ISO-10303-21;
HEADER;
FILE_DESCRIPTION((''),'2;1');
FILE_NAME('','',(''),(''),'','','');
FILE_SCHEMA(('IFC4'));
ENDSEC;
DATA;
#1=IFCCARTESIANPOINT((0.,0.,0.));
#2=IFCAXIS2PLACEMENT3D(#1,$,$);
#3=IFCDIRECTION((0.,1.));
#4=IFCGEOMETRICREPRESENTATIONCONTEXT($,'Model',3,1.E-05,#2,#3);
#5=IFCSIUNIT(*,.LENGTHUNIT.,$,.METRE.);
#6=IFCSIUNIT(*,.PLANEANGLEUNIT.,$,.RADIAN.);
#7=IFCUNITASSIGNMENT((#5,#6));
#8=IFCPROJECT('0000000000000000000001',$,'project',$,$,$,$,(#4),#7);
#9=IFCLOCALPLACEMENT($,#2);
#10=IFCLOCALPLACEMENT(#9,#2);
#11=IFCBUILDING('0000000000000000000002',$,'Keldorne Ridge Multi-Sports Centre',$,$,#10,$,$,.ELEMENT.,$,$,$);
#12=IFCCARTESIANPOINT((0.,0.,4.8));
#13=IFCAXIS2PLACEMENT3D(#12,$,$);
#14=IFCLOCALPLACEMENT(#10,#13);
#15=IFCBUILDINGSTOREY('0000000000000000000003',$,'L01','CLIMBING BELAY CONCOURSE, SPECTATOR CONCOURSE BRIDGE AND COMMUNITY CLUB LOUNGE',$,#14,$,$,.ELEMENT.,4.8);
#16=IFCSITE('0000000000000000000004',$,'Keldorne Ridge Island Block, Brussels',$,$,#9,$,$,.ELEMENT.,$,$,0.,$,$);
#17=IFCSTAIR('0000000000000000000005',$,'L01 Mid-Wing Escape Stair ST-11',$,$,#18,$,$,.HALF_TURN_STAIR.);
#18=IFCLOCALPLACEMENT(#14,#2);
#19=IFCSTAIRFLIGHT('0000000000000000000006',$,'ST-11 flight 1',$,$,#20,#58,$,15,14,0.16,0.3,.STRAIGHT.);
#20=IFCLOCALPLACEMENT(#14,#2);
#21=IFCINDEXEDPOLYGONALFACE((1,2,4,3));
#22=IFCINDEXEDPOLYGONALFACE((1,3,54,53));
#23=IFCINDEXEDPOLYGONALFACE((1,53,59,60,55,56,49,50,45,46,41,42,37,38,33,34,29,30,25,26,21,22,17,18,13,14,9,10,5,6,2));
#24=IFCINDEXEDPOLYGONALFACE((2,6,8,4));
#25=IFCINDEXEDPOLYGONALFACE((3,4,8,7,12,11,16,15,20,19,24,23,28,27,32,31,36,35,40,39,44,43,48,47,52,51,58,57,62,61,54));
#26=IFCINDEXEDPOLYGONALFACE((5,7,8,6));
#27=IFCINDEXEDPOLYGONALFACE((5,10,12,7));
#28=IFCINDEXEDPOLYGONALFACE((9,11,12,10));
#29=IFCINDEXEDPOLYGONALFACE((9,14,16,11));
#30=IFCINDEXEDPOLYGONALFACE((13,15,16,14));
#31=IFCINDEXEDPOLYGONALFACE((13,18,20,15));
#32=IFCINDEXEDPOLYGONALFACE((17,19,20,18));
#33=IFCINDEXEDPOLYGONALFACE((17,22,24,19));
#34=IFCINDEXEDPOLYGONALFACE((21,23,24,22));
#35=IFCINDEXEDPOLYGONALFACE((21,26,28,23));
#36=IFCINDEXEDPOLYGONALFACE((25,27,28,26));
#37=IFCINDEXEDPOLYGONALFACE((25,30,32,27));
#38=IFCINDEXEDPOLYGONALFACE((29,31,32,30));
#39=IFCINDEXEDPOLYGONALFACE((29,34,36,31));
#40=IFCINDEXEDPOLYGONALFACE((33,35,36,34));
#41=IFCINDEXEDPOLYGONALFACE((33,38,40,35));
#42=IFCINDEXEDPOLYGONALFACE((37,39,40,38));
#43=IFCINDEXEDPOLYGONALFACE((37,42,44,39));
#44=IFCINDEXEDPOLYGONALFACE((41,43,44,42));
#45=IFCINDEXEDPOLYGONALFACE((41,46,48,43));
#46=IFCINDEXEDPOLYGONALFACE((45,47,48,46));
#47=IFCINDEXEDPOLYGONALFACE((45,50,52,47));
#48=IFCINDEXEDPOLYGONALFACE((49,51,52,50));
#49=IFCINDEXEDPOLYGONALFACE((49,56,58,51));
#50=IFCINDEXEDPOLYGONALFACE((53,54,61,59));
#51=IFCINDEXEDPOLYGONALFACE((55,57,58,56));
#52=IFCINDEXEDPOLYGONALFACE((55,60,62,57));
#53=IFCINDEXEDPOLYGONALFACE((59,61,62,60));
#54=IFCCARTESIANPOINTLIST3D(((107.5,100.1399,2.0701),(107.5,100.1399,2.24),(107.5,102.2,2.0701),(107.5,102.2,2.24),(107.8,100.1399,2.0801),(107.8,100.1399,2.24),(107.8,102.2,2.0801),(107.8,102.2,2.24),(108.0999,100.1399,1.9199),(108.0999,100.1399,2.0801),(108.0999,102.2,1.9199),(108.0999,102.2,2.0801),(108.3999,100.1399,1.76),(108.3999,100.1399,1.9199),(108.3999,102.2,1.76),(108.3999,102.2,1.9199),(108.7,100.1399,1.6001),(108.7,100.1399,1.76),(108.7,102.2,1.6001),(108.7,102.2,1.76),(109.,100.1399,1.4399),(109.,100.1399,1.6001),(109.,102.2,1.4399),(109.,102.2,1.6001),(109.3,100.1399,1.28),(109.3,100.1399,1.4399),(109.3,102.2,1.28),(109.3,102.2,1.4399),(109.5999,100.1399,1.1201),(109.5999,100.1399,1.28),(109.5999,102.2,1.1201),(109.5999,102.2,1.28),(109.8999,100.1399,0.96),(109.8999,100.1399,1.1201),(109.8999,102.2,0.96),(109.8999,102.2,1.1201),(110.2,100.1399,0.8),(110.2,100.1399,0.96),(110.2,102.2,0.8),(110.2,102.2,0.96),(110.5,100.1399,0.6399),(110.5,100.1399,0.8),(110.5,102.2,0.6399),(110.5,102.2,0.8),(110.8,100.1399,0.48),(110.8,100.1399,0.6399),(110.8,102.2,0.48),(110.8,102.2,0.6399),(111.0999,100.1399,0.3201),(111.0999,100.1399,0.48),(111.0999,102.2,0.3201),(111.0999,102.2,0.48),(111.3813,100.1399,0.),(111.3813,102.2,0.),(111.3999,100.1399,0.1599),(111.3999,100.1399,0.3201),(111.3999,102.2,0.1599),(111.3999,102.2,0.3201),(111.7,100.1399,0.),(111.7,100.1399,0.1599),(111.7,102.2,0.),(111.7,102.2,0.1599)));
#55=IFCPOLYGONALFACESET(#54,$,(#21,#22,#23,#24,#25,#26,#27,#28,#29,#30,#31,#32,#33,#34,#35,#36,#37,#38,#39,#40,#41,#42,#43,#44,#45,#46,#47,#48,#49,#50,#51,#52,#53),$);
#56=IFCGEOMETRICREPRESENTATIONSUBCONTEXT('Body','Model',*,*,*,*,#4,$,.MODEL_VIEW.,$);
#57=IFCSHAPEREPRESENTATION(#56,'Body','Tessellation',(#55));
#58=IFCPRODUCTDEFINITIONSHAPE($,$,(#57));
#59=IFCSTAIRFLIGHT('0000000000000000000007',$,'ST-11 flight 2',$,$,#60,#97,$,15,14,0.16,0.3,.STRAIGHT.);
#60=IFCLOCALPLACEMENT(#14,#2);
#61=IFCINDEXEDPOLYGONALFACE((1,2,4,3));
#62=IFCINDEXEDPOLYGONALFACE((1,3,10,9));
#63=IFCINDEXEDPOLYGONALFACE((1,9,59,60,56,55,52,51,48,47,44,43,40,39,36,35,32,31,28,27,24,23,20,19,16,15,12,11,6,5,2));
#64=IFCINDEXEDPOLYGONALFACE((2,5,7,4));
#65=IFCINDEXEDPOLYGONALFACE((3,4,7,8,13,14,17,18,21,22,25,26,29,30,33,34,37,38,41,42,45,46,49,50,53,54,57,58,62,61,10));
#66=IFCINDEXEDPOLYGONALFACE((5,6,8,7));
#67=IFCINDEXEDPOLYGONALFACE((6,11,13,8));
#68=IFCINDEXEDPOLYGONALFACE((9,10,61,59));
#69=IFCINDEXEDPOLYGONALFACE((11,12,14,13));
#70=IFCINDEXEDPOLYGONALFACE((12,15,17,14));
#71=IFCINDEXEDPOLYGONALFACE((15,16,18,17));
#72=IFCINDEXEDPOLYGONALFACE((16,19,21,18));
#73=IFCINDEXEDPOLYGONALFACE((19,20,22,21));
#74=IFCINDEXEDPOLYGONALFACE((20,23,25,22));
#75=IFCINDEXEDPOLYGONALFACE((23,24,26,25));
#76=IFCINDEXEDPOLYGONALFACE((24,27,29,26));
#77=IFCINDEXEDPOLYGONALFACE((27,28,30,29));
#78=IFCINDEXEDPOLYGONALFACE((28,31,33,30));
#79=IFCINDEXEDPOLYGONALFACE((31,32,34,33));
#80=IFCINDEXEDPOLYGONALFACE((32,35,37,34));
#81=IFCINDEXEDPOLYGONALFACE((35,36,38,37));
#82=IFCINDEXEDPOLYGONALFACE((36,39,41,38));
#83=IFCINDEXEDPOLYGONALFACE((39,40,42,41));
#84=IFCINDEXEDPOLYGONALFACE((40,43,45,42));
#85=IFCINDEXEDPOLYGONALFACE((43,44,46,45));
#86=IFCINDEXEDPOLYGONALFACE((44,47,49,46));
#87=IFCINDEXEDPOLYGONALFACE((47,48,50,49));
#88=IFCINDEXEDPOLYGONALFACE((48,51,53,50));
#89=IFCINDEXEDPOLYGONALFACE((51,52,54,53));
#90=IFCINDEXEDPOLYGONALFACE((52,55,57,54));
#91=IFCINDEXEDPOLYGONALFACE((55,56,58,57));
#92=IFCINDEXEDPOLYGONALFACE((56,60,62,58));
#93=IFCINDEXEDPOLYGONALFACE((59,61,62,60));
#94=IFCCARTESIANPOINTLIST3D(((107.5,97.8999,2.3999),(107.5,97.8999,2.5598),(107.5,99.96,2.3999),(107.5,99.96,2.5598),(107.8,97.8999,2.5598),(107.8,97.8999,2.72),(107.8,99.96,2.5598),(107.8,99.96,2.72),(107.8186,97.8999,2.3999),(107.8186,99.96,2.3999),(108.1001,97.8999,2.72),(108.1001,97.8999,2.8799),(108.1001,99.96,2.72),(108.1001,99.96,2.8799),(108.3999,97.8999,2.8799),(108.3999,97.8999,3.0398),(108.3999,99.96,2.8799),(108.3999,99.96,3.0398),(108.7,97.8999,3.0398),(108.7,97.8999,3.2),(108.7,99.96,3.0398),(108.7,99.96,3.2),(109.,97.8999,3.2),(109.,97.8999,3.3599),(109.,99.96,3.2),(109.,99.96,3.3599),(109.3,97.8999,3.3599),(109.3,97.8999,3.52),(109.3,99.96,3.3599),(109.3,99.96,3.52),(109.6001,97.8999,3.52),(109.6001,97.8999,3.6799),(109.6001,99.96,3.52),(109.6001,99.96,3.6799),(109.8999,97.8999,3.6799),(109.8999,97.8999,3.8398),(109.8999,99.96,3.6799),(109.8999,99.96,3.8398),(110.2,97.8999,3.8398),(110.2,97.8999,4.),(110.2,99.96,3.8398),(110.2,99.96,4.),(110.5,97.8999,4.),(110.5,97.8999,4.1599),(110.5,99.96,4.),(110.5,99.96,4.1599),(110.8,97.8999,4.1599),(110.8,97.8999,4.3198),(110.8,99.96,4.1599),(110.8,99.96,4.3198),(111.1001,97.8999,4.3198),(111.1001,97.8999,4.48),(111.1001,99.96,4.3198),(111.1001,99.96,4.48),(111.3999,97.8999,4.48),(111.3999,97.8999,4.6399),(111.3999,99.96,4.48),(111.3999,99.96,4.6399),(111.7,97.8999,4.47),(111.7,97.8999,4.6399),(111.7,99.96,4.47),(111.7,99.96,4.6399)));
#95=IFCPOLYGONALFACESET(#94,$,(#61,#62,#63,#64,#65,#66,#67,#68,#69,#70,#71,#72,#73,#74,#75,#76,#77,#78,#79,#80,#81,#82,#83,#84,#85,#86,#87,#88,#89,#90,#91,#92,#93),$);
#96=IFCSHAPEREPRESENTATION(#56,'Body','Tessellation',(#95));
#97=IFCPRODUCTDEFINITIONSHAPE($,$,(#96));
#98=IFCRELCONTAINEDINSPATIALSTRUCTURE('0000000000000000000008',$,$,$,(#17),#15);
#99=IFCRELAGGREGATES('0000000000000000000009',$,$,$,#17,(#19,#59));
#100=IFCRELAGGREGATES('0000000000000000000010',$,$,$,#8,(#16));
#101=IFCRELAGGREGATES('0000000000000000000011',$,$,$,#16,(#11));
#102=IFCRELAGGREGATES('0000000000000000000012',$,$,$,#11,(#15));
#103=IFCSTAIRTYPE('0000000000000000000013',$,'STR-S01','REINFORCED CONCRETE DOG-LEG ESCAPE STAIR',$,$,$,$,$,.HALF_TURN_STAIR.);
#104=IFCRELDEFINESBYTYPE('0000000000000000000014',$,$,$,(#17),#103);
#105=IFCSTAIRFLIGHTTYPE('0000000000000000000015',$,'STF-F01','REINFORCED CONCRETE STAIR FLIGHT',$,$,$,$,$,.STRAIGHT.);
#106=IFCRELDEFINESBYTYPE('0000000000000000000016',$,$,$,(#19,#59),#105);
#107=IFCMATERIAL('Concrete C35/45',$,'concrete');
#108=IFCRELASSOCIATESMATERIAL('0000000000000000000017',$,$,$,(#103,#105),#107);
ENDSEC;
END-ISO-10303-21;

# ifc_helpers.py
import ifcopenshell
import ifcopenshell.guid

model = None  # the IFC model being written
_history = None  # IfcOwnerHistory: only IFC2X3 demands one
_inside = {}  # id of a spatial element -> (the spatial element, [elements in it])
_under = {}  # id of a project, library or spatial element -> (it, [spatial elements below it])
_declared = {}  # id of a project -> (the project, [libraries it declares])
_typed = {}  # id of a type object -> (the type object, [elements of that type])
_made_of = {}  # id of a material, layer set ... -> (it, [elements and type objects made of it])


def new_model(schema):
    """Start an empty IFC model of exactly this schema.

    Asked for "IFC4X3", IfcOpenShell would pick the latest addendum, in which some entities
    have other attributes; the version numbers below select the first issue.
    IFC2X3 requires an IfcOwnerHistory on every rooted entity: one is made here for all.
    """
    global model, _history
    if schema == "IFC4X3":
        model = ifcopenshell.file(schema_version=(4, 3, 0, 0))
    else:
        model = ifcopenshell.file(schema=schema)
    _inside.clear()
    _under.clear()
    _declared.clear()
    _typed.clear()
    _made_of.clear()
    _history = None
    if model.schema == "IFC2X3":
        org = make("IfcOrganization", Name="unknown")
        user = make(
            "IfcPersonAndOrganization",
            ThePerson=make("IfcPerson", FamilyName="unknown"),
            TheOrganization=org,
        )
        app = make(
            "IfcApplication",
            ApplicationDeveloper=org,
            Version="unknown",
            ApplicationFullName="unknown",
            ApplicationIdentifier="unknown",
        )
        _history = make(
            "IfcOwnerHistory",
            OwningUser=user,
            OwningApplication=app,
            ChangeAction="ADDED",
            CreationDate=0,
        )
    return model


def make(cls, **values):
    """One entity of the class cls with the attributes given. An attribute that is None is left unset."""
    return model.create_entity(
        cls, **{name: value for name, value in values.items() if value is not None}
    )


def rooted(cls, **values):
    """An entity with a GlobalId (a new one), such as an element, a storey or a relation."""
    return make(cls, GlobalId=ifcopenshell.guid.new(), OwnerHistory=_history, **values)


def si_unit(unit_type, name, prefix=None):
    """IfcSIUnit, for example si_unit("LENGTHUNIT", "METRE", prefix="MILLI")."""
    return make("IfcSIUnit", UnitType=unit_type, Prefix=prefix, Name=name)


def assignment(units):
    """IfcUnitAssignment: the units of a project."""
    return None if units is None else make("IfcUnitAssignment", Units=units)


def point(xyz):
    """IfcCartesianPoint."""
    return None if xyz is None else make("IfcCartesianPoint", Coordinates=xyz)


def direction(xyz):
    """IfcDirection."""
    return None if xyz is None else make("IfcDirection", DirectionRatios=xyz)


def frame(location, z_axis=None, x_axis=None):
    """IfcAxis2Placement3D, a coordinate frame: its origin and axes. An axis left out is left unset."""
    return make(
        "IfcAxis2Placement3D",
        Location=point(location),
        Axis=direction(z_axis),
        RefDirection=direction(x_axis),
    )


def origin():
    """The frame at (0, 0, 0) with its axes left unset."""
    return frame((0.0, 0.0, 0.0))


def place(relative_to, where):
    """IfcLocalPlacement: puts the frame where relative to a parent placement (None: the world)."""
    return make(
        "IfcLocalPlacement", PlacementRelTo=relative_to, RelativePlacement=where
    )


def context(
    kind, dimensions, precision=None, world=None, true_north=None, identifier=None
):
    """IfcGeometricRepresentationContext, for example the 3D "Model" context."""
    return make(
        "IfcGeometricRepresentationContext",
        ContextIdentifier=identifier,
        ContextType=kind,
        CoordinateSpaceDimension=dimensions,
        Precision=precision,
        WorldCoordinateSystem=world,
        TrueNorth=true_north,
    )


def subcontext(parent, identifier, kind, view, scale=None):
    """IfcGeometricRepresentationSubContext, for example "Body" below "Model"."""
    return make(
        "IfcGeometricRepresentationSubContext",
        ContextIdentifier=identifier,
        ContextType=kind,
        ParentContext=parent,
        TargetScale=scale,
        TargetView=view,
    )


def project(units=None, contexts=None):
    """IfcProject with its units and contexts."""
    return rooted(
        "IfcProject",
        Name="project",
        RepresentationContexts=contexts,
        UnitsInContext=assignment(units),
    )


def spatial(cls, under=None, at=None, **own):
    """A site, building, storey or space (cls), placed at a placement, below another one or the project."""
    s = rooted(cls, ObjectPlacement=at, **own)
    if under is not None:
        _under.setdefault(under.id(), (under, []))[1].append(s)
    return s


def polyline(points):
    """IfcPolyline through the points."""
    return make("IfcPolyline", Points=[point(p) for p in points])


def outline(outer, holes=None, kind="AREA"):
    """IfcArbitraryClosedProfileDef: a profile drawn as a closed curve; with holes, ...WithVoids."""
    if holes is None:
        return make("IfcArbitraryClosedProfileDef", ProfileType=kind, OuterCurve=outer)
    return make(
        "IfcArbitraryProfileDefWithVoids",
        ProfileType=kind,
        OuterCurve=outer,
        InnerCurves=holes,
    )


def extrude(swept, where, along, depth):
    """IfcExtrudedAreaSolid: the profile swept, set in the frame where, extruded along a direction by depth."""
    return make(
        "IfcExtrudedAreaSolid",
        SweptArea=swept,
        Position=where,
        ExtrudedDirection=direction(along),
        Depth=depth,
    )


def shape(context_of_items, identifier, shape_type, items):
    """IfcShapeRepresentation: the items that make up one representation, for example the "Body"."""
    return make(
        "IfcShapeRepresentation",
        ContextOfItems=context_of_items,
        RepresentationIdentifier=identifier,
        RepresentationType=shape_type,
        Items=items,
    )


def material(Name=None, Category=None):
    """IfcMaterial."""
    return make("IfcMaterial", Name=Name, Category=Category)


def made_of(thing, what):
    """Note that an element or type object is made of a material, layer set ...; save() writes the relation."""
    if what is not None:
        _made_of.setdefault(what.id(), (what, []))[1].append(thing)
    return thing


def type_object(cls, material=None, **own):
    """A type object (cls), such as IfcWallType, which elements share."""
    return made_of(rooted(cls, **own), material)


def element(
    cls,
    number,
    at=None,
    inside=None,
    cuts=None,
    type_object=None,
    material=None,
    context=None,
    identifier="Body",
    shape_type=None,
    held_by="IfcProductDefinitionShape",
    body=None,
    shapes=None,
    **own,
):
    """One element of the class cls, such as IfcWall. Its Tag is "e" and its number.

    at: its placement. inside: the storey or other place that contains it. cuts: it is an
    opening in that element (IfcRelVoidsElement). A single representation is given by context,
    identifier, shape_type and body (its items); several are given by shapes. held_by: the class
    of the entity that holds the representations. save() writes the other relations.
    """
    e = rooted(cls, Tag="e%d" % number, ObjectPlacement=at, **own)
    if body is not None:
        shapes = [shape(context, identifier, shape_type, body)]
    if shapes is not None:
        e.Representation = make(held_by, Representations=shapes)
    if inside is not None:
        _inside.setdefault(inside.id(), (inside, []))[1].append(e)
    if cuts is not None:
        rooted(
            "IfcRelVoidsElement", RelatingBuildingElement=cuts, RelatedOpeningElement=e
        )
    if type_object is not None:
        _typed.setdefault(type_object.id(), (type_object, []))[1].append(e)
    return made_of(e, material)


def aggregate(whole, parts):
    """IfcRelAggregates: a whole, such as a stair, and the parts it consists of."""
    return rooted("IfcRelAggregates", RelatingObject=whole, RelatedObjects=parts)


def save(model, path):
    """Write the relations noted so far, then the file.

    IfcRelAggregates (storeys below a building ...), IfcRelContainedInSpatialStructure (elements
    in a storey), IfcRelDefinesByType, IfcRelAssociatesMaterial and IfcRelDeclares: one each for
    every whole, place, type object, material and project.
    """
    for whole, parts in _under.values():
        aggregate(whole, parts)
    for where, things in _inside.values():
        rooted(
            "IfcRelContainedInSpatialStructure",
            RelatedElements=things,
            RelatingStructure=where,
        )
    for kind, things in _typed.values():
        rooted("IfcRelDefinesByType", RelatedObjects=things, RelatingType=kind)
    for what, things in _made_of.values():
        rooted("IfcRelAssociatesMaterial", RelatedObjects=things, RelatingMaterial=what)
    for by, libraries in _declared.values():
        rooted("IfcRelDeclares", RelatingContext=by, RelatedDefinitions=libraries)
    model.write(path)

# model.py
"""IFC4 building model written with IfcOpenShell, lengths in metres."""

from ifc_helpers import new_model, si_unit, direction, frame, origin, place, context, subcontext, project, spatial, polyline, outline, extrude, material, type_object, element, aggregate, save


model = new_model("IFC4")

# Units and contexts
model_context = context("Model", 3, precision=1e-05, world=origin(), true_north=direction((0.0, 1.0)))
body_context = subcontext(model_context, "Body", "Model", "MODEL_VIEW")
ifc_project = project(units=[si_unit("LENGTHUNIT", "METRE"), si_unit("PLANEANGLEUNIT", "RADIAN")], contexts=[model_context])

# Site, building, storey
site_placement = place(None, origin())
site = spatial("IfcSite", under=ifc_project, at=site_placement, Name="Keldorne Ridge Island Block, Brussels", CompositionType="ELEMENT", RefElevation=0.0)
building_placement = place(site_placement, origin())
building = spatial("IfcBuilding", under=site, at=building_placement, Name="Keldorne Ridge Multi-Sports Centre", CompositionType="ELEMENT")
storey_placement = place(building_placement, frame((0.0, 0.0, 4.8)))
storey = spatial("IfcBuildingStorey", under=building, at=storey_placement, Name="L01", Description="CLIMBING BELAY CONCOURSE, SPECTATOR CONCOURSE BRIDGE AND COMMUNITY CLUB LOUNGE", CompositionType="ELEMENT", Elevation=4.8)

# Stair, stair flights
ifc_material_1 = material(Name="Concrete C35/45", Category="concrete")
stair_type = type_object("IfcStairType", Name="STR-S01", Description="REINFORCED CONCRETE DOG-LEG ESCAPE STAIR", PredefinedType="HALF_TURN_STAIR", material=ifc_material_1)
stair_flight_type = type_object("IfcStairFlightType", Name="STF-F01", Description="REINFORCED CONCRETE STAIR FLIGHT", PredefinedType="STRAIGHT", material=ifc_material_1)
stair_1_placement = place(storey_placement, origin())
stair_1 = element("IfcStair", 1, at=stair_1_placement, inside=storey, type_object=stair_type, Name="L01 Mid-Wing Escape Stair ST-11", PredefinedType="HALF_TURN_STAIR")
stair_flight_1_placement = place(storey_placement, frame((111.7, 101.1699, 0.0), z_axis=(0.0, 0.0, 1.0), x_axis=(-1.0, 0.0, 0.0)))
stair_flight_1 = element("IfcStairFlight", 2, at=stair_flight_1_placement, type_object=stair_flight_type, Name="ST-11 flight 1", NumberOfRisers=15, NumberOfTreads=14, PredefinedType="STRAIGHT", RiserHeight=0.16, TreadLength=0.3, context=body_context, shape_type="SweptSolid", body=[
    extrude(outline(polyline([(0.0, 0.0), (0.0, 0.1599), (0.3, 0.1599), (0.3, 0.3201), (0.6001, 0.3201), (0.6001, 0.48), (0.8999, 0.48), (0.8999, 0.6399), (1.2, 0.6399), (1.2, 0.8), (1.5, 0.8), (1.5, 0.96), (1.8, 0.96), (1.8, 1.1201), (2.1001, 1.1201), (2.1001, 1.28), (2.3999, 1.28), (2.3999, 1.4399), (2.7, 1.4399), (2.7, 1.6001), (3.0, 1.6001), (3.0, 1.76), (3.3, 1.76), (3.3, 1.9199), (3.6001, 1.9199), (3.6001, 2.0801), (3.8999, 2.0801), (3.8999, 2.24), (4.2, 2.24), (4.2, 2.3999), (4.2, 2.0701), (0.3186, 0.0), (0.0, 0.0)])), frame((0.0, 1.03, 0.0), z_axis=(0.0, -1.0, 0.0), x_axis=(1.0, 0.0, 0.0)), (0.0, 0.0, 1.0), 2.0601),
])
stair_flight_2_placement = place(storey_placement, frame((107.5, 98.9299, 2.3999), z_axis=(0.0, 0.0, 1.0), x_axis=(1.0, 0.0, 0.0)))
stair_flight_2 = element("IfcStairFlight", 3, at=stair_flight_2_placement, type_object=stair_flight_type, Name="ST-11 flight 2", NumberOfRisers=15, NumberOfTreads=14, PredefinedType="STRAIGHT", RiserHeight=0.16, TreadLength=0.3, context=body_context, shape_type="SweptSolid", body=[
    extrude(outline(polyline([(0.0, 0.0), (0.0, 0.1599), (0.3, 0.1599), (0.3, 0.3201), (0.6001, 0.3201), (0.6001, 0.48), (0.8999, 0.48), (0.8999, 0.6399), (1.2, 0.6399), (1.2, 0.8), (1.5, 0.8), (1.5, 0.96), (1.8, 0.96), (1.8, 1.1201), (2.1001, 1.1201), (2.1001, 1.28), (2.3999, 1.28), (2.3999, 1.4399), (2.7, 1.4399), (2.7, 1.6001), (3.0, 1.6001), (3.0, 1.76), (3.3, 1.76), (3.3, 1.9199), (3.6001, 1.9199), (3.6001, 2.0801), (3.8999, 2.0801), (3.8999, 2.24), (4.2, 2.24), (4.2, 2.3999), (4.2, 2.0701), (0.3186, 0.0), (0.0, 0.0)])), frame((0.0, 1.03, 0.0), z_axis=(0.0, -1.0, 0.0), x_axis=(1.0, 0.0, 0.0)), (0.0, 0.0, 1.0), 2.0601),
])
aggregate(stair_1, [stair_flight_1, stair_flight_2])

save(model, "model.ifc")
